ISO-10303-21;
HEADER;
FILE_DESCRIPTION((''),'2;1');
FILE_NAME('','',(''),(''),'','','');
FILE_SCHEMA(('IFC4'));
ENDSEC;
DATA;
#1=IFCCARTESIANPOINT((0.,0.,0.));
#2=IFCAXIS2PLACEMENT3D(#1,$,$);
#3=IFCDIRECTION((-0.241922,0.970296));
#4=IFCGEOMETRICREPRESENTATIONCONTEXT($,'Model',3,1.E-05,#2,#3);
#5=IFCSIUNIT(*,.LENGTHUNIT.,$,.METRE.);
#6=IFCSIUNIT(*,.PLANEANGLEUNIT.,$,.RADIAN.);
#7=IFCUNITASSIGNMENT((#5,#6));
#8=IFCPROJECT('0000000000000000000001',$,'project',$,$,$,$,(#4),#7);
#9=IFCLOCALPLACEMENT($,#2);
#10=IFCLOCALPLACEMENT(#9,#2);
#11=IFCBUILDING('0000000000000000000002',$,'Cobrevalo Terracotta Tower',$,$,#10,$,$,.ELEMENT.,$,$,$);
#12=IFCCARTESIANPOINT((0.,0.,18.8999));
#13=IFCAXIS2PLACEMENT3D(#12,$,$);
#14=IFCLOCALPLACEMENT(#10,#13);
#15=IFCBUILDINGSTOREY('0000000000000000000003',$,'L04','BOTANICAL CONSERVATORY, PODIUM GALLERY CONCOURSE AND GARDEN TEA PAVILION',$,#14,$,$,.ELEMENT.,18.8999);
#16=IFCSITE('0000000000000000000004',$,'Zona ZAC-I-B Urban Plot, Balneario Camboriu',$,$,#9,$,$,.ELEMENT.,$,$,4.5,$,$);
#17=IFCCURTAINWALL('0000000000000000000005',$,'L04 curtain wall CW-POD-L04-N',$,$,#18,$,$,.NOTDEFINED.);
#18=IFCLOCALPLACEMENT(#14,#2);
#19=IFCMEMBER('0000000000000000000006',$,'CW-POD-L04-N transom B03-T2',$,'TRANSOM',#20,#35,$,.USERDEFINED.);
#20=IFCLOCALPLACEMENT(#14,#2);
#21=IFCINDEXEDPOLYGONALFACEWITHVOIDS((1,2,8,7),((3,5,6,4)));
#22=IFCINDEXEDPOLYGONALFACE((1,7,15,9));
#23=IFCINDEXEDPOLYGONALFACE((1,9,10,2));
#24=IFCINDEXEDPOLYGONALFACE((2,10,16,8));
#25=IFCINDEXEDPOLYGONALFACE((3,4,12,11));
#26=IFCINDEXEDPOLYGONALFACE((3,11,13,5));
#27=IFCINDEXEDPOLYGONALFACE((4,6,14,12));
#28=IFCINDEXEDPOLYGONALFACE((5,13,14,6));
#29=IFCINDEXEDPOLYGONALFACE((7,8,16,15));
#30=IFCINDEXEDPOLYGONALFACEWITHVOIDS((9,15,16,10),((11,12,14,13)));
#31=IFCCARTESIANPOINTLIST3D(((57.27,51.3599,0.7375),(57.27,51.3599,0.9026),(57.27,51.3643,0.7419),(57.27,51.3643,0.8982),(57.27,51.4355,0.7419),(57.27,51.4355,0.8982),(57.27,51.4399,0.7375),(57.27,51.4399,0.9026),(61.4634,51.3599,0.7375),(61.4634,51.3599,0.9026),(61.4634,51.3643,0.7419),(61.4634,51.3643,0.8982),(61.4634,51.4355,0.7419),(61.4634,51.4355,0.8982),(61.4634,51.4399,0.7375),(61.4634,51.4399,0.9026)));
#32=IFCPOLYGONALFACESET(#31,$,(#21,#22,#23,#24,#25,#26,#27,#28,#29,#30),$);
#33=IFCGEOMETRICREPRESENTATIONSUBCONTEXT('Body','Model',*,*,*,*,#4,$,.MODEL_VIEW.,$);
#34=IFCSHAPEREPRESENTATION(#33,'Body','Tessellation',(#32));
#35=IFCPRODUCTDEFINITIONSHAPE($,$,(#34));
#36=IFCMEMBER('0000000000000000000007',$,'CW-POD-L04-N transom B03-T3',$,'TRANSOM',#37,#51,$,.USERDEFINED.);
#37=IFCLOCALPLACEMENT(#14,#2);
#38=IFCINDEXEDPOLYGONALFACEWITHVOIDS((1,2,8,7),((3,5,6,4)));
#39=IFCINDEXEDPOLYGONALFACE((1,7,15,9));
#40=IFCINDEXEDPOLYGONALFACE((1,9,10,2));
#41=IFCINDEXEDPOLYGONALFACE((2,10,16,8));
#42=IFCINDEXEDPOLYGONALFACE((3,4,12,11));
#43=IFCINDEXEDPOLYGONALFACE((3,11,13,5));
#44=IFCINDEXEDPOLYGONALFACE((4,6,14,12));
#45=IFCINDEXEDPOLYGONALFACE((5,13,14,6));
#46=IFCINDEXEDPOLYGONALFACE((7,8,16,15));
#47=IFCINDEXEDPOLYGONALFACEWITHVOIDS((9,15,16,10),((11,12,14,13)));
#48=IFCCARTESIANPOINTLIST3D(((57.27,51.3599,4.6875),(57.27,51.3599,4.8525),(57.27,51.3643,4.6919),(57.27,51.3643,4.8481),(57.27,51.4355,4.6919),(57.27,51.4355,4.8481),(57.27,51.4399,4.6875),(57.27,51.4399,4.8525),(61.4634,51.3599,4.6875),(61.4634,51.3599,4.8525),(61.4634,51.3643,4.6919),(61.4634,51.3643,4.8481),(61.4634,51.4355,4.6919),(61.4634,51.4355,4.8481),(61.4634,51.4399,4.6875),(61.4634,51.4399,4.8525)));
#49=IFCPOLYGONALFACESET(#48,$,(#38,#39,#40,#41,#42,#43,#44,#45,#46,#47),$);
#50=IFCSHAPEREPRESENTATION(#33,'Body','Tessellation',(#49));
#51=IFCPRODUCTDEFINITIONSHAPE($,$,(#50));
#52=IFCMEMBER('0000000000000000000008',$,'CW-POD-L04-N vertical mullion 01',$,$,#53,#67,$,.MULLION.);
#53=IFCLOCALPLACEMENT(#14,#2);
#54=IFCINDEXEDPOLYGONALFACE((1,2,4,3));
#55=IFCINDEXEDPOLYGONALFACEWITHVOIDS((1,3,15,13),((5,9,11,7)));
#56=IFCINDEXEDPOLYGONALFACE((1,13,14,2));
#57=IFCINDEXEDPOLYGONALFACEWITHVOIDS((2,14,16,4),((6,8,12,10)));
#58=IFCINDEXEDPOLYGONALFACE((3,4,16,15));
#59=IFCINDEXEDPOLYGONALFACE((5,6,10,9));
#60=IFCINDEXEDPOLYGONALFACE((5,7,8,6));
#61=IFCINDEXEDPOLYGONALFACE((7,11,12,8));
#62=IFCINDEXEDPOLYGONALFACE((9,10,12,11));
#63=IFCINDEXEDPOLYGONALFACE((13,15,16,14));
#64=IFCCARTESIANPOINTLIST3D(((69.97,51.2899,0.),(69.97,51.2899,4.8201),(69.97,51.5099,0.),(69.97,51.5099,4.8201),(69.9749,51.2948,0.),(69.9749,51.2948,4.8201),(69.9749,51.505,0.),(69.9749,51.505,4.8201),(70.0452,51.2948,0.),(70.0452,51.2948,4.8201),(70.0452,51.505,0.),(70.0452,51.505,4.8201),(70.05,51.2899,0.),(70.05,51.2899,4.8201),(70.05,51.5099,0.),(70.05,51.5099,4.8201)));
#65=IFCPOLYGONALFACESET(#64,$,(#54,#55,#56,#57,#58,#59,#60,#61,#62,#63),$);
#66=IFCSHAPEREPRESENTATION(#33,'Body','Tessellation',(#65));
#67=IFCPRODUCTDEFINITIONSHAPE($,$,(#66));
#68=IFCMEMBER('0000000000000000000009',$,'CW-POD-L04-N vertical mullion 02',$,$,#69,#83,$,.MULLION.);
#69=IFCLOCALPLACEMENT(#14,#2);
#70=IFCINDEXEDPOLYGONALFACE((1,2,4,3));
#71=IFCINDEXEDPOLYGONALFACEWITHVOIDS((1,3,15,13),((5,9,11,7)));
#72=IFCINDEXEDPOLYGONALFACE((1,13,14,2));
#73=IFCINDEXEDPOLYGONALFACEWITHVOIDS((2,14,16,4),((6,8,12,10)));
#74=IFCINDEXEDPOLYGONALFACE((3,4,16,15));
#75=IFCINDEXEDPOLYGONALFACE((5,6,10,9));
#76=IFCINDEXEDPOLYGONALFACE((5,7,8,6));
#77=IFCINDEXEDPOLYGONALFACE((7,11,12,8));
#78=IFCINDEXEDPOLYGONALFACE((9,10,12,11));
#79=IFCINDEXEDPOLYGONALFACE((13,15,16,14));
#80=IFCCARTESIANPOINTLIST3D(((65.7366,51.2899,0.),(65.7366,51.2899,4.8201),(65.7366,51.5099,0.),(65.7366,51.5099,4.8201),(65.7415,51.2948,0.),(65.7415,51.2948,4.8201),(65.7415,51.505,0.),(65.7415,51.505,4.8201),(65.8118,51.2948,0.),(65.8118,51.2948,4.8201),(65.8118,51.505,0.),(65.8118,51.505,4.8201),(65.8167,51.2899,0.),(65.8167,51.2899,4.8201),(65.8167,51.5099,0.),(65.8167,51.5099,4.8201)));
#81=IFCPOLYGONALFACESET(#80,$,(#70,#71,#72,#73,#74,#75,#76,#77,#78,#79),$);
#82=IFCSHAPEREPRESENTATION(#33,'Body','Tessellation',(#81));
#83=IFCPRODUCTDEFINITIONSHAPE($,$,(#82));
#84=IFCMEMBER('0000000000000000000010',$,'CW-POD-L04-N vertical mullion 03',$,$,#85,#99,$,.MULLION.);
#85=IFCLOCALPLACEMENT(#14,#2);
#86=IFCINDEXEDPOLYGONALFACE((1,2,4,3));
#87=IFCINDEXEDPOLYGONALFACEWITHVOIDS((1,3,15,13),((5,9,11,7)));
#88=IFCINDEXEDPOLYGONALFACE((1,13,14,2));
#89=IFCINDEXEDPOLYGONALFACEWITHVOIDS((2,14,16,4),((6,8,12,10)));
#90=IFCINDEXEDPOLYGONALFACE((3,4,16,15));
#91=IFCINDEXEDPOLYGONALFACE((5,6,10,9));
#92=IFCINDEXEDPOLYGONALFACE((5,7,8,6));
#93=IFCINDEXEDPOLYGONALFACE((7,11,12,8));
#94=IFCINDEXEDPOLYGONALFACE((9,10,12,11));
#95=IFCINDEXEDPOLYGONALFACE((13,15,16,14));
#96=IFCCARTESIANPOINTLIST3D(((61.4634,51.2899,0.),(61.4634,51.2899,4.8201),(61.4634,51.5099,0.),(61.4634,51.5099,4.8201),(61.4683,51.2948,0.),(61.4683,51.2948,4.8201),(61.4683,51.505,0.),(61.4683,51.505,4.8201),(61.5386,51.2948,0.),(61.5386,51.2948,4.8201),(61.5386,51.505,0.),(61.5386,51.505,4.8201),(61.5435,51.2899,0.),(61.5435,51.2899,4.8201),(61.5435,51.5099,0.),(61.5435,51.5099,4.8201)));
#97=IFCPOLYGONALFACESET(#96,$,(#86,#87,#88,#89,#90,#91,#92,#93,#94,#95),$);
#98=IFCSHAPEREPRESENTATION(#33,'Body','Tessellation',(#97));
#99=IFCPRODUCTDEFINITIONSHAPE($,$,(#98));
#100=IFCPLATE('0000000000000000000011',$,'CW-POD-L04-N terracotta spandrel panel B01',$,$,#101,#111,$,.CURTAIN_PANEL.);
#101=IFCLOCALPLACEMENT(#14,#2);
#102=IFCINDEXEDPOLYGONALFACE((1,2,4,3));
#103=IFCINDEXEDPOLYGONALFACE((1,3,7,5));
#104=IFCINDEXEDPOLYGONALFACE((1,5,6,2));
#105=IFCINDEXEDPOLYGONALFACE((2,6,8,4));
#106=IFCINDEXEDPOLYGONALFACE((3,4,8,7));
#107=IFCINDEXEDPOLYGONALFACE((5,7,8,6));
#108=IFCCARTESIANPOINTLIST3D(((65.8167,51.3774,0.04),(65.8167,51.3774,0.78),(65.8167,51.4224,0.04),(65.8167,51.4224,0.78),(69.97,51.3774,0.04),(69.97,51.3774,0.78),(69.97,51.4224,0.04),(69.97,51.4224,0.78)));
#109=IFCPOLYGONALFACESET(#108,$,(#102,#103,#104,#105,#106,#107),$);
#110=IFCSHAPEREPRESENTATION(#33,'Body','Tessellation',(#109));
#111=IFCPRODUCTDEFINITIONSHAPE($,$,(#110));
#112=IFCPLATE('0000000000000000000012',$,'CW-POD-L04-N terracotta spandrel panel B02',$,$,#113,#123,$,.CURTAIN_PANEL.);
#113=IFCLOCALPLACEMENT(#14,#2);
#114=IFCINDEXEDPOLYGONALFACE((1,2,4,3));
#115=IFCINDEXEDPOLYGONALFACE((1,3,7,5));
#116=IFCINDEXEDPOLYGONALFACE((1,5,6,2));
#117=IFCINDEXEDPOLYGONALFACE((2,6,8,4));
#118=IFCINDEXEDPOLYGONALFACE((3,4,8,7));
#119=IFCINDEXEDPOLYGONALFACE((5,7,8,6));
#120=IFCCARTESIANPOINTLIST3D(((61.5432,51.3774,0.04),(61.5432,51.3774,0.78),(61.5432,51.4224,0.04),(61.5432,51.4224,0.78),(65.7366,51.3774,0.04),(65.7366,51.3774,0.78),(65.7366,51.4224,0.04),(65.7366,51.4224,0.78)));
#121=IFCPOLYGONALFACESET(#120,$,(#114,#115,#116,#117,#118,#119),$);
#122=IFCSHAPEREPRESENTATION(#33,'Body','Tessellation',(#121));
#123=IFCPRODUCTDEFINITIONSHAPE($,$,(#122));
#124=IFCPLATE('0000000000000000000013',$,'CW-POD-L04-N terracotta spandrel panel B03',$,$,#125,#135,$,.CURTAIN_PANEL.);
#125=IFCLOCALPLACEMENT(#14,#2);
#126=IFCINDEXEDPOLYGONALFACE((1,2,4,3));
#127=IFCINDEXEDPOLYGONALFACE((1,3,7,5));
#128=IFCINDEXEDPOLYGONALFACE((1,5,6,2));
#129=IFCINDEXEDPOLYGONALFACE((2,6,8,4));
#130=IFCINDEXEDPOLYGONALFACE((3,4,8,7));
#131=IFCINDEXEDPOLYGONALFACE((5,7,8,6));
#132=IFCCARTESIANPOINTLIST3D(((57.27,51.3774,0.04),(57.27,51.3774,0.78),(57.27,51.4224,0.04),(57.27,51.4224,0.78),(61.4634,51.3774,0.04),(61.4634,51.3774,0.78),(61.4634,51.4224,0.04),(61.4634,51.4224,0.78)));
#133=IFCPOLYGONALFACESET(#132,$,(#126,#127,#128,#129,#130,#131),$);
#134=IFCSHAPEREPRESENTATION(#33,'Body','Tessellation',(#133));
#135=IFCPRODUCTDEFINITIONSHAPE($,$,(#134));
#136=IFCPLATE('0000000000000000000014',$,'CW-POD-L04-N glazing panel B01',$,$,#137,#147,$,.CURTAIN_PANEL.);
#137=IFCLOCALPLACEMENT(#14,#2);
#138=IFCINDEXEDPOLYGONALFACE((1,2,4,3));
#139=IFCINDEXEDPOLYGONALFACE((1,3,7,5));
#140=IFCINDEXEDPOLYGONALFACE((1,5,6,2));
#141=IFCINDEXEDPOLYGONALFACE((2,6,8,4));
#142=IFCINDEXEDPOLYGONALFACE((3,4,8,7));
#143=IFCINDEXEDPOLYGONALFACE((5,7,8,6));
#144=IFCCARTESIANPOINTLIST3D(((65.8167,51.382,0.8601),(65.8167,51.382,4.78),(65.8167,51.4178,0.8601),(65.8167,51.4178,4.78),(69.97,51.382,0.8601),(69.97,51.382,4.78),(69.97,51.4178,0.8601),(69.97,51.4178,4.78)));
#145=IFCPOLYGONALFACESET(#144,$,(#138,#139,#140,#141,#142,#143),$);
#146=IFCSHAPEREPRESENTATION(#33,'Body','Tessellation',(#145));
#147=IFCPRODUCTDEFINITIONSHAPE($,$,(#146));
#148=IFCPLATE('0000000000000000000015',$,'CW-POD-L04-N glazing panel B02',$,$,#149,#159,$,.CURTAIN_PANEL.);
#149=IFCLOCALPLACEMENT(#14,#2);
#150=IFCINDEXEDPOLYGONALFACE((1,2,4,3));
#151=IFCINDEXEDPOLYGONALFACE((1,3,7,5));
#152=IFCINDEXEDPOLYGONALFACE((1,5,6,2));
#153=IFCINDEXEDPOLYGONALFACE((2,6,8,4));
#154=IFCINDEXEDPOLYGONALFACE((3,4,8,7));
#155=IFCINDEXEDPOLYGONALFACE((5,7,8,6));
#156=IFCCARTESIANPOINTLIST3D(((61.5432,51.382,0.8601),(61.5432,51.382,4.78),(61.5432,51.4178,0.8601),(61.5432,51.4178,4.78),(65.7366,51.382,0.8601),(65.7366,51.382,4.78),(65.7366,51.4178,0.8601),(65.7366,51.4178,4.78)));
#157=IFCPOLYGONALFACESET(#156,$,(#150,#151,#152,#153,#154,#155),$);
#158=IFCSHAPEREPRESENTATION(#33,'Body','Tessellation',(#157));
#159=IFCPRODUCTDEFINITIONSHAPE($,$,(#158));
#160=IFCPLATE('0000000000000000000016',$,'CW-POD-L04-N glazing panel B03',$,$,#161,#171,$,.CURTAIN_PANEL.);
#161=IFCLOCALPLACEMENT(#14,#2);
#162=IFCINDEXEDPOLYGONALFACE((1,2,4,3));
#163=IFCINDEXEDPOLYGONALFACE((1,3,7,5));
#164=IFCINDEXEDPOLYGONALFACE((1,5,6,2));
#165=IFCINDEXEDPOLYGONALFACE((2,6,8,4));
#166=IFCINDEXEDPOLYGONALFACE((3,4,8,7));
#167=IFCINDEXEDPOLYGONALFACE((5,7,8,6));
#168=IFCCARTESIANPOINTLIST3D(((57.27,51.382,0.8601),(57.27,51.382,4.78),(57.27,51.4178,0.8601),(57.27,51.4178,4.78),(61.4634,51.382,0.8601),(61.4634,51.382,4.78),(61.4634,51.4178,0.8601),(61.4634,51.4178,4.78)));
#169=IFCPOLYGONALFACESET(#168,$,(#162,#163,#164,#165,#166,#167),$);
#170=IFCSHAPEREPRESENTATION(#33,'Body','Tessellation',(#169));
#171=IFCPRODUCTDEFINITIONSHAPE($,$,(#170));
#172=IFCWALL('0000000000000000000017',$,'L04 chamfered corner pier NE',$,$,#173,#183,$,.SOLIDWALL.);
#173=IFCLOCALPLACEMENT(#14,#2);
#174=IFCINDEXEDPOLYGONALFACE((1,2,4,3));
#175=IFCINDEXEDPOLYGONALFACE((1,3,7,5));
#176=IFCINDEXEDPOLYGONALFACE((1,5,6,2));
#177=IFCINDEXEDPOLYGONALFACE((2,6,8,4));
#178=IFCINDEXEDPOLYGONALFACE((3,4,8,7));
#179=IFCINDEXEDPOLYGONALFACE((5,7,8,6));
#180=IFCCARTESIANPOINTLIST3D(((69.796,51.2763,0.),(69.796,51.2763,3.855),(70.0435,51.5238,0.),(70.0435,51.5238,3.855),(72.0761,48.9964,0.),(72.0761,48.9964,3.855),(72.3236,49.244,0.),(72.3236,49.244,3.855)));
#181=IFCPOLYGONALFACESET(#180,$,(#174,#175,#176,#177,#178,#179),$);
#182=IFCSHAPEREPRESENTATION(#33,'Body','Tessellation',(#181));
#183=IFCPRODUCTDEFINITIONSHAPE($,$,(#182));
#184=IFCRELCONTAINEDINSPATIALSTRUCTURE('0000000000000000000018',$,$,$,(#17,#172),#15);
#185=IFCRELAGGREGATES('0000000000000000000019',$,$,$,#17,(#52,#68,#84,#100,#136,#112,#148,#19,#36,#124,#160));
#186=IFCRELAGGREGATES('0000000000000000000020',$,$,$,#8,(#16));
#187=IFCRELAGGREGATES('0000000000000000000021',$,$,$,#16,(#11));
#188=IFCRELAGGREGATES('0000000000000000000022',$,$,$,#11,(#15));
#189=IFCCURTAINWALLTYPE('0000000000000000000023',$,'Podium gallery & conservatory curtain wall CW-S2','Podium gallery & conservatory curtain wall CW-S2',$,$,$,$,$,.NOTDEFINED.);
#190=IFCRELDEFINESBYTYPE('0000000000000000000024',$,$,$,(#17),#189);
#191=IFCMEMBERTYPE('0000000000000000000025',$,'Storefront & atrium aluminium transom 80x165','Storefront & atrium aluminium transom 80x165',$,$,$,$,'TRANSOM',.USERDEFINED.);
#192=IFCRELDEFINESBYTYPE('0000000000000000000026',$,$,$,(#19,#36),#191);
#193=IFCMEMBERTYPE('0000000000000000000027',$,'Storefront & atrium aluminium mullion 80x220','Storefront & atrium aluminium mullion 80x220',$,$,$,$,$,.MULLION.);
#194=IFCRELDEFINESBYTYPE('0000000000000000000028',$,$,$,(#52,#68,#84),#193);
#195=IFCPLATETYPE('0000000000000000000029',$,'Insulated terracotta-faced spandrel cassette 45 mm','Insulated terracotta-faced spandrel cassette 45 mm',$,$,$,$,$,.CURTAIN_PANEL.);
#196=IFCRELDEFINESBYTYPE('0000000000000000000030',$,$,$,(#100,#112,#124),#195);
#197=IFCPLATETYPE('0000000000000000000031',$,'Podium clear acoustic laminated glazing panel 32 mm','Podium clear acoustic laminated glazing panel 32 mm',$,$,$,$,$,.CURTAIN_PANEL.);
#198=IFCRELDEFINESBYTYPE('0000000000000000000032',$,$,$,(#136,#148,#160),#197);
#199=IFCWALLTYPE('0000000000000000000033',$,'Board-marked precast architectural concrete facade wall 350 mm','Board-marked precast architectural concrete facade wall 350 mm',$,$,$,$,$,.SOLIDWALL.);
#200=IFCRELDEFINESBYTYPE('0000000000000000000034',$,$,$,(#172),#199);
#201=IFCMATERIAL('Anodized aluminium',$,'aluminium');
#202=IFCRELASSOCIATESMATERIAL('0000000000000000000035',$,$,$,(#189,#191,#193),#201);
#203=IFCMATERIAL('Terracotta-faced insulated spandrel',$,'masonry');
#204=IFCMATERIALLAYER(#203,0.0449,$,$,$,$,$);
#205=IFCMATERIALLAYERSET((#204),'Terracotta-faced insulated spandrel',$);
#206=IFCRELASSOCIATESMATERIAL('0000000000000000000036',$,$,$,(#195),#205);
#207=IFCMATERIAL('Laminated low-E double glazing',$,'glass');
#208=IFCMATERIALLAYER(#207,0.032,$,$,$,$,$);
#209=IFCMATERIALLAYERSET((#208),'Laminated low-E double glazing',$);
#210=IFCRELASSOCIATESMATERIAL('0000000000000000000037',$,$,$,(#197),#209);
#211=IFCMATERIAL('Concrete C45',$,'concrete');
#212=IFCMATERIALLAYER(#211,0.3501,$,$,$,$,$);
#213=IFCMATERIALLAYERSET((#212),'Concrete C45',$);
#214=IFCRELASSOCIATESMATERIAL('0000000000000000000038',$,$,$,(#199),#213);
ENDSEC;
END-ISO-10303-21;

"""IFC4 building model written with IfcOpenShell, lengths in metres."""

from ifc_helpers import new_model, si_unit, direction, frame, frame_2d, origin, origin_2d, place, context, subcontext, project, spatial, rectangle, hollow_rectangle, extrude, source, transform, mapped, material, layer, layer_set, material_profile, profile_set, type_object, element, aggregate, save


model = new_model("IFC4")

# Units and contexts
model_context = context("Model", 3, precision=1e-05, world=origin(), true_north=direction((-0.241922, 0.970296)))
body_context = subcontext(model_context, "Body", "Model", "MODEL_VIEW")
ifc_project = project(units=[si_unit("LENGTHUNIT", "METRE"), si_unit("PLANEANGLEUNIT", "RADIAN")], contexts=[model_context])

# Site, building, storey
site_placement = place(None, origin())
site = spatial("IfcSite", under=ifc_project, at=site_placement, Name="Zona ZAC-I-B Urban Plot, Balneario Camboriu", CompositionType="ELEMENT", RefElevation=4.5)
building_placement = place(site_placement, origin())
building = spatial("IfcBuilding", under=site, at=building_placement, Name="Cobrevalo Terracotta Tower", CompositionType="ELEMENT")
storey_placement = place(building_placement, frame((0.0, 0.0, 18.8999)))
storey = spatial("IfcBuildingStorey", under=building, at=storey_placement, Name="L04", Description="BOTANICAL CONSERVATORY, PODIUM GALLERY CONCOURSE AND GARDEN TEA PAVILION", CompositionType="ELEMENT", Elevation=18.8999)

# Curtain wall, members, plates
ifc_material_1 = material(Name="Anodized aluminium", Category="aluminium")
curtain_wall_type = type_object("IfcCurtainWallType", Name="Podium gallery & conservatory curtain wall CW-S2", Description="Podium gallery & conservatory curtain wall CW-S2", PredefinedType="NOTDEFINED", material=ifc_material_1)
curtain_wall_placement = place(storey_placement, origin())
curtain_wall = element("IfcCurtainWall", 1, at=curtain_wall_placement, inside=storey, type_object=curtain_wall_type, Name="L04 curtain wall CW-POD-L04-N", PredefinedType="NOTDEFINED")
ifc_material_profile_1 = material_profile(ifc_material_1, hollow_rectangle(XDim=0.0801, YDim=0.165, WallThickness=0.0044, at=origin_2d()), Name="CWT 80x165")
ifc_profile_set_1 = profile_set([ifc_material_profile_1], Name="Anodized aluminium")
member_type_1 = type_object("IfcMemberType", Name="Storefront & atrium aluminium transom 80x165", Description="Storefront & atrium aluminium transom 80x165", ElementType="TRANSOM", PredefinedType="USERDEFINED", material=ifc_profile_set_1)
shared_shape_1 = source(origin(), body_context, "Body", "SweptSolid", [
    extrude(hollow_rectangle(XDim=0.0801, YDim=0.165, WallThickness=0.0044, at=origin_2d()), origin(), (0.0, 0.0, 1.0), 4.1934),
])
member_1_placement = place(storey_placement, frame((61.4634, 51.3999, 0.8201), z_axis=(-1.0, 0.0, 0.0), x_axis=(0.0, -1.0, 0.0)))
member_1 = element("IfcMember", 2, at=member_1_placement, type_object=member_type_1, Name="CW-POD-L04-N transom B03-T2", ObjectType="TRANSOM", PredefinedType="USERDEFINED", context=body_context, shape_type="MappedRepresentation", body=[
    mapped(shared_shape_1, transform((0.0, 0.0, 0.0), scale=1.0)),
])
member_2_placement = place(storey_placement, frame((61.4634, 51.3999, 4.77), z_axis=(-1.0, 0.0, 0.0), x_axis=(0.0, -1.0, 0.0)))
member_2 = element("IfcMember", 3, at=member_2_placement, type_object=member_type_1, Name="CW-POD-L04-N transom B03-T3", ObjectType="TRANSOM", PredefinedType="USERDEFINED", context=body_context, shape_type="MappedRepresentation", body=[
    mapped(shared_shape_1, transform((0.0, 0.0, 0.0), scale=1.0)),
])
ifc_material_profile_2 = material_profile(ifc_material_1, hollow_rectangle(XDim=0.0801, YDim=0.22, WallThickness=0.0049, at=origin_2d()), Name="CWM 80x220")
ifc_profile_set_2 = profile_set([ifc_material_profile_2], Name="Anodized aluminium")
member_type_2 = type_object("IfcMemberType", Name="Storefront & atrium aluminium mullion 80x220", Description="Storefront & atrium aluminium mullion 80x220", PredefinedType="MULLION", material=ifc_profile_set_2)
shared_shape_2 = source(origin(), body_context, "Body", "SweptSolid", [
    extrude(hollow_rectangle(XDim=0.0801, YDim=0.22, WallThickness=0.0049, at=origin_2d()), origin(), (0.0, 0.0, 1.0), 4.8201),
])
member_3_placement = place(storey_placement, frame((70.01, 51.3999, 0.0), z_axis=(0.0, 0.0, 1.0), x_axis=(-1.0, 0.0, 0.0)))
member_3 = element("IfcMember", 4, at=member_3_placement, type_object=member_type_2, Name="CW-POD-L04-N vertical mullion 01", PredefinedType="MULLION", context=body_context, shape_type="MappedRepresentation", body=[
    mapped(shared_shape_2, transform((0.0, 0.0, 0.0), scale=1.0)),
])
member_4_placement = place(storey_placement, frame((65.7766, 51.3999, 0.0), z_axis=(0.0, 0.0, 1.0), x_axis=(-1.0, 0.0, 0.0)))
member_4 = element("IfcMember", 5, at=member_4_placement, type_object=member_type_2, Name="CW-POD-L04-N vertical mullion 02", PredefinedType="MULLION", context=body_context, shape_type="MappedRepresentation", body=[
    mapped(shared_shape_2, transform((0.0, 0.0, 0.0), scale=1.0)),
])
member_5_placement = place(storey_placement, frame((61.5034, 51.3999, 0.0), z_axis=(0.0, 0.0, 1.0), x_axis=(-1.0, 0.0, 0.0)))
member_5 = element("IfcMember", 6, at=member_5_placement, type_object=member_type_2, Name="CW-POD-L04-N vertical mullion 03", PredefinedType="MULLION", context=body_context, shape_type="MappedRepresentation", body=[
    mapped(shared_shape_2, transform((0.0, 0.0, 0.0), scale=1.0)),
])
ifc_material_2 = material(Name="Terracotta-faced insulated spandrel", Category="masonry")
ifc_layer_1 = layer(ifc_material_2, 0.0449)
ifc_layer_set_1 = layer_set([ifc_layer_1], Name="Terracotta-faced insulated spandrel")
plate_type_1 = type_object("IfcPlateType", Name="Insulated terracotta-faced spandrel cassette 45 mm", Description="Insulated terracotta-faced spandrel cassette 45 mm", PredefinedType="CURTAIN_PANEL", material=ifc_layer_set_1)
shared_shape_3 = source(origin(), body_context, "Body", "SweptSolid", [
    extrude(rectangle(XDim=4.1533, YDim=0.0449, at=origin_2d()), origin(), (0.0, 0.0, 1.0), 0.74),
])
plate_1_placement = place(storey_placement, frame((67.8933, 51.3999, 0.04), z_axis=(0.0, 0.0, 1.0), x_axis=(-1.0, 0.0, 0.0)))
plate_1 = element("IfcPlate", 7, at=plate_1_placement, type_object=plate_type_1, Name="CW-POD-L04-N terracotta spandrel panel B01", PredefinedType="CURTAIN_PANEL", context=body_context, shape_type="MappedRepresentation", body=[
    mapped(shared_shape_3, transform((0.0, 0.0, 0.0), scale=1.0)),
])
shared_shape_4 = source(origin(), body_context, "Body", "SweptSolid", [
    extrude(rectangle(XDim=4.1934, YDim=0.0449, at=origin_2d()), origin(), (0.0, 0.0, 1.0), 0.74),
])
plate_2_placement = place(storey_placement, frame((63.6399, 51.3999, 0.04), z_axis=(0.0, 0.0, 1.0), x_axis=(-1.0, 0.0, 0.0)))
plate_2 = element("IfcPlate", 8, at=plate_2_placement, type_object=plate_type_1, Name="CW-POD-L04-N terracotta spandrel panel B02", PredefinedType="CURTAIN_PANEL", context=body_context, shape_type="MappedRepresentation", body=[
    mapped(shared_shape_4, transform((0.0, 0.0, 0.0), scale=1.0)),
])
plate_3_placement = place(storey_placement, frame((59.3667, 51.3999, 0.04), z_axis=(0.0, 0.0, 1.0), x_axis=(-1.0, 0.0, 0.0)))
plate_3 = element("IfcPlate", 9, at=plate_3_placement, type_object=plate_type_1, Name="CW-POD-L04-N terracotta spandrel panel B03", PredefinedType="CURTAIN_PANEL", context=body_context, shape_type="MappedRepresentation", body=[
    mapped(shared_shape_4, transform((0.0, 0.0, 0.0), scale=1.0)),
])
ifc_material_3 = material(Name="Laminated low-E double glazing", Category="glass")
ifc_layer_2 = layer(ifc_material_3, 0.032)
ifc_layer_set_2 = layer_set([ifc_layer_2], Name="Laminated low-E double glazing")
plate_type_2 = type_object("IfcPlateType", Name="Podium clear acoustic laminated glazing panel 32 mm", Description="Podium clear acoustic laminated glazing panel 32 mm", PredefinedType="CURTAIN_PANEL", material=ifc_layer_set_2)
shared_shape_5 = source(origin(), body_context, "Body", "SweptSolid", [
    extrude(rectangle(XDim=4.1533, YDim=0.0359, at=origin_2d()), origin(), (0.0, 0.0, 1.0), 3.9199),
])
plate_4_placement = place(storey_placement, frame((67.8933, 51.3999, 0.8601), z_axis=(0.0, 0.0, 1.0), x_axis=(-1.0, 0.0, 0.0)))
plate_4 = element("IfcPlate", 10, at=plate_4_placement, type_object=plate_type_2, Name="CW-POD-L04-N glazing panel B01", PredefinedType="CURTAIN_PANEL", context=body_context, shape_type="MappedRepresentation", body=[
    mapped(shared_shape_5, transform((0.0, 0.0, 0.0), scale=1.0)),
])
shared_shape_6 = source(origin(), body_context, "Body", "SweptSolid", [
    extrude(rectangle(XDim=4.1934, YDim=0.0359, at=origin_2d()), origin(), (0.0, 0.0, 1.0), 3.9199),
])
plate_5_placement = place(storey_placement, frame((63.6399, 51.3999, 0.8601), z_axis=(0.0, 0.0, 1.0), x_axis=(-1.0, 0.0, 0.0)))
plate_5 = element("IfcPlate", 11, at=plate_5_placement, type_object=plate_type_2, Name="CW-POD-L04-N glazing panel B02", PredefinedType="CURTAIN_PANEL", context=body_context, shape_type="MappedRepresentation", body=[
    mapped(shared_shape_6, transform((0.0, 0.0, 0.0), scale=1.0)),
])
plate_6_placement = place(storey_placement, frame((59.3667, 51.3999, 0.8601), z_axis=(0.0, 0.0, 1.0), x_axis=(-1.0, 0.0, 0.0)))
plate_6 = element("IfcPlate", 12, at=plate_6_placement, type_object=plate_type_2, Name="CW-POD-L04-N glazing panel B03", PredefinedType="CURTAIN_PANEL", context=body_context, shape_type="MappedRepresentation", body=[
    mapped(shared_shape_6, transform((0.0, 0.0, 0.0), scale=1.0)),
])
aggregate(curtain_wall, [member_3, member_4, member_5, plate_1, plate_4, plate_2, plate_5, member_1, member_2, plate_3, plate_6])

# Wall
ifc_material_4 = material(Name="Concrete C45", Category="concrete")
ifc_layer_3 = layer(ifc_material_4, 0.3501)
ifc_layer_set_3 = layer_set([ifc_layer_3], Name="Concrete C45")
wall_type_1 = type_object("IfcWallType", Name="Board-marked precast architectural concrete facade wall 350 mm", Description="Board-marked precast architectural concrete facade wall 350 mm", PredefinedType="SOLIDWALL", material=ifc_layer_set_3)
wall_1_placement = place(storey_placement, frame((72.2, 49.1201, 0.0), z_axis=(0.0, 0.0, 1.0), x_axis=(-0.707145, 0.707069, 0.0)))
element("IfcWall", 13, at=wall_1_placement, inside=storey, type_object=wall_type_1, Name="L04 chamfered corner pier NE", PredefinedType="SOLIDWALL", context=body_context, shape_type="SweptSolid", body=[
    extrude(rectangle(XDim=3.2244, YDim=0.3501, at=frame_2d((1.6123, 0.0))), origin(), (0.0, 0.0, 1.0), 3.855),
])

save(model, "model.ifc")
